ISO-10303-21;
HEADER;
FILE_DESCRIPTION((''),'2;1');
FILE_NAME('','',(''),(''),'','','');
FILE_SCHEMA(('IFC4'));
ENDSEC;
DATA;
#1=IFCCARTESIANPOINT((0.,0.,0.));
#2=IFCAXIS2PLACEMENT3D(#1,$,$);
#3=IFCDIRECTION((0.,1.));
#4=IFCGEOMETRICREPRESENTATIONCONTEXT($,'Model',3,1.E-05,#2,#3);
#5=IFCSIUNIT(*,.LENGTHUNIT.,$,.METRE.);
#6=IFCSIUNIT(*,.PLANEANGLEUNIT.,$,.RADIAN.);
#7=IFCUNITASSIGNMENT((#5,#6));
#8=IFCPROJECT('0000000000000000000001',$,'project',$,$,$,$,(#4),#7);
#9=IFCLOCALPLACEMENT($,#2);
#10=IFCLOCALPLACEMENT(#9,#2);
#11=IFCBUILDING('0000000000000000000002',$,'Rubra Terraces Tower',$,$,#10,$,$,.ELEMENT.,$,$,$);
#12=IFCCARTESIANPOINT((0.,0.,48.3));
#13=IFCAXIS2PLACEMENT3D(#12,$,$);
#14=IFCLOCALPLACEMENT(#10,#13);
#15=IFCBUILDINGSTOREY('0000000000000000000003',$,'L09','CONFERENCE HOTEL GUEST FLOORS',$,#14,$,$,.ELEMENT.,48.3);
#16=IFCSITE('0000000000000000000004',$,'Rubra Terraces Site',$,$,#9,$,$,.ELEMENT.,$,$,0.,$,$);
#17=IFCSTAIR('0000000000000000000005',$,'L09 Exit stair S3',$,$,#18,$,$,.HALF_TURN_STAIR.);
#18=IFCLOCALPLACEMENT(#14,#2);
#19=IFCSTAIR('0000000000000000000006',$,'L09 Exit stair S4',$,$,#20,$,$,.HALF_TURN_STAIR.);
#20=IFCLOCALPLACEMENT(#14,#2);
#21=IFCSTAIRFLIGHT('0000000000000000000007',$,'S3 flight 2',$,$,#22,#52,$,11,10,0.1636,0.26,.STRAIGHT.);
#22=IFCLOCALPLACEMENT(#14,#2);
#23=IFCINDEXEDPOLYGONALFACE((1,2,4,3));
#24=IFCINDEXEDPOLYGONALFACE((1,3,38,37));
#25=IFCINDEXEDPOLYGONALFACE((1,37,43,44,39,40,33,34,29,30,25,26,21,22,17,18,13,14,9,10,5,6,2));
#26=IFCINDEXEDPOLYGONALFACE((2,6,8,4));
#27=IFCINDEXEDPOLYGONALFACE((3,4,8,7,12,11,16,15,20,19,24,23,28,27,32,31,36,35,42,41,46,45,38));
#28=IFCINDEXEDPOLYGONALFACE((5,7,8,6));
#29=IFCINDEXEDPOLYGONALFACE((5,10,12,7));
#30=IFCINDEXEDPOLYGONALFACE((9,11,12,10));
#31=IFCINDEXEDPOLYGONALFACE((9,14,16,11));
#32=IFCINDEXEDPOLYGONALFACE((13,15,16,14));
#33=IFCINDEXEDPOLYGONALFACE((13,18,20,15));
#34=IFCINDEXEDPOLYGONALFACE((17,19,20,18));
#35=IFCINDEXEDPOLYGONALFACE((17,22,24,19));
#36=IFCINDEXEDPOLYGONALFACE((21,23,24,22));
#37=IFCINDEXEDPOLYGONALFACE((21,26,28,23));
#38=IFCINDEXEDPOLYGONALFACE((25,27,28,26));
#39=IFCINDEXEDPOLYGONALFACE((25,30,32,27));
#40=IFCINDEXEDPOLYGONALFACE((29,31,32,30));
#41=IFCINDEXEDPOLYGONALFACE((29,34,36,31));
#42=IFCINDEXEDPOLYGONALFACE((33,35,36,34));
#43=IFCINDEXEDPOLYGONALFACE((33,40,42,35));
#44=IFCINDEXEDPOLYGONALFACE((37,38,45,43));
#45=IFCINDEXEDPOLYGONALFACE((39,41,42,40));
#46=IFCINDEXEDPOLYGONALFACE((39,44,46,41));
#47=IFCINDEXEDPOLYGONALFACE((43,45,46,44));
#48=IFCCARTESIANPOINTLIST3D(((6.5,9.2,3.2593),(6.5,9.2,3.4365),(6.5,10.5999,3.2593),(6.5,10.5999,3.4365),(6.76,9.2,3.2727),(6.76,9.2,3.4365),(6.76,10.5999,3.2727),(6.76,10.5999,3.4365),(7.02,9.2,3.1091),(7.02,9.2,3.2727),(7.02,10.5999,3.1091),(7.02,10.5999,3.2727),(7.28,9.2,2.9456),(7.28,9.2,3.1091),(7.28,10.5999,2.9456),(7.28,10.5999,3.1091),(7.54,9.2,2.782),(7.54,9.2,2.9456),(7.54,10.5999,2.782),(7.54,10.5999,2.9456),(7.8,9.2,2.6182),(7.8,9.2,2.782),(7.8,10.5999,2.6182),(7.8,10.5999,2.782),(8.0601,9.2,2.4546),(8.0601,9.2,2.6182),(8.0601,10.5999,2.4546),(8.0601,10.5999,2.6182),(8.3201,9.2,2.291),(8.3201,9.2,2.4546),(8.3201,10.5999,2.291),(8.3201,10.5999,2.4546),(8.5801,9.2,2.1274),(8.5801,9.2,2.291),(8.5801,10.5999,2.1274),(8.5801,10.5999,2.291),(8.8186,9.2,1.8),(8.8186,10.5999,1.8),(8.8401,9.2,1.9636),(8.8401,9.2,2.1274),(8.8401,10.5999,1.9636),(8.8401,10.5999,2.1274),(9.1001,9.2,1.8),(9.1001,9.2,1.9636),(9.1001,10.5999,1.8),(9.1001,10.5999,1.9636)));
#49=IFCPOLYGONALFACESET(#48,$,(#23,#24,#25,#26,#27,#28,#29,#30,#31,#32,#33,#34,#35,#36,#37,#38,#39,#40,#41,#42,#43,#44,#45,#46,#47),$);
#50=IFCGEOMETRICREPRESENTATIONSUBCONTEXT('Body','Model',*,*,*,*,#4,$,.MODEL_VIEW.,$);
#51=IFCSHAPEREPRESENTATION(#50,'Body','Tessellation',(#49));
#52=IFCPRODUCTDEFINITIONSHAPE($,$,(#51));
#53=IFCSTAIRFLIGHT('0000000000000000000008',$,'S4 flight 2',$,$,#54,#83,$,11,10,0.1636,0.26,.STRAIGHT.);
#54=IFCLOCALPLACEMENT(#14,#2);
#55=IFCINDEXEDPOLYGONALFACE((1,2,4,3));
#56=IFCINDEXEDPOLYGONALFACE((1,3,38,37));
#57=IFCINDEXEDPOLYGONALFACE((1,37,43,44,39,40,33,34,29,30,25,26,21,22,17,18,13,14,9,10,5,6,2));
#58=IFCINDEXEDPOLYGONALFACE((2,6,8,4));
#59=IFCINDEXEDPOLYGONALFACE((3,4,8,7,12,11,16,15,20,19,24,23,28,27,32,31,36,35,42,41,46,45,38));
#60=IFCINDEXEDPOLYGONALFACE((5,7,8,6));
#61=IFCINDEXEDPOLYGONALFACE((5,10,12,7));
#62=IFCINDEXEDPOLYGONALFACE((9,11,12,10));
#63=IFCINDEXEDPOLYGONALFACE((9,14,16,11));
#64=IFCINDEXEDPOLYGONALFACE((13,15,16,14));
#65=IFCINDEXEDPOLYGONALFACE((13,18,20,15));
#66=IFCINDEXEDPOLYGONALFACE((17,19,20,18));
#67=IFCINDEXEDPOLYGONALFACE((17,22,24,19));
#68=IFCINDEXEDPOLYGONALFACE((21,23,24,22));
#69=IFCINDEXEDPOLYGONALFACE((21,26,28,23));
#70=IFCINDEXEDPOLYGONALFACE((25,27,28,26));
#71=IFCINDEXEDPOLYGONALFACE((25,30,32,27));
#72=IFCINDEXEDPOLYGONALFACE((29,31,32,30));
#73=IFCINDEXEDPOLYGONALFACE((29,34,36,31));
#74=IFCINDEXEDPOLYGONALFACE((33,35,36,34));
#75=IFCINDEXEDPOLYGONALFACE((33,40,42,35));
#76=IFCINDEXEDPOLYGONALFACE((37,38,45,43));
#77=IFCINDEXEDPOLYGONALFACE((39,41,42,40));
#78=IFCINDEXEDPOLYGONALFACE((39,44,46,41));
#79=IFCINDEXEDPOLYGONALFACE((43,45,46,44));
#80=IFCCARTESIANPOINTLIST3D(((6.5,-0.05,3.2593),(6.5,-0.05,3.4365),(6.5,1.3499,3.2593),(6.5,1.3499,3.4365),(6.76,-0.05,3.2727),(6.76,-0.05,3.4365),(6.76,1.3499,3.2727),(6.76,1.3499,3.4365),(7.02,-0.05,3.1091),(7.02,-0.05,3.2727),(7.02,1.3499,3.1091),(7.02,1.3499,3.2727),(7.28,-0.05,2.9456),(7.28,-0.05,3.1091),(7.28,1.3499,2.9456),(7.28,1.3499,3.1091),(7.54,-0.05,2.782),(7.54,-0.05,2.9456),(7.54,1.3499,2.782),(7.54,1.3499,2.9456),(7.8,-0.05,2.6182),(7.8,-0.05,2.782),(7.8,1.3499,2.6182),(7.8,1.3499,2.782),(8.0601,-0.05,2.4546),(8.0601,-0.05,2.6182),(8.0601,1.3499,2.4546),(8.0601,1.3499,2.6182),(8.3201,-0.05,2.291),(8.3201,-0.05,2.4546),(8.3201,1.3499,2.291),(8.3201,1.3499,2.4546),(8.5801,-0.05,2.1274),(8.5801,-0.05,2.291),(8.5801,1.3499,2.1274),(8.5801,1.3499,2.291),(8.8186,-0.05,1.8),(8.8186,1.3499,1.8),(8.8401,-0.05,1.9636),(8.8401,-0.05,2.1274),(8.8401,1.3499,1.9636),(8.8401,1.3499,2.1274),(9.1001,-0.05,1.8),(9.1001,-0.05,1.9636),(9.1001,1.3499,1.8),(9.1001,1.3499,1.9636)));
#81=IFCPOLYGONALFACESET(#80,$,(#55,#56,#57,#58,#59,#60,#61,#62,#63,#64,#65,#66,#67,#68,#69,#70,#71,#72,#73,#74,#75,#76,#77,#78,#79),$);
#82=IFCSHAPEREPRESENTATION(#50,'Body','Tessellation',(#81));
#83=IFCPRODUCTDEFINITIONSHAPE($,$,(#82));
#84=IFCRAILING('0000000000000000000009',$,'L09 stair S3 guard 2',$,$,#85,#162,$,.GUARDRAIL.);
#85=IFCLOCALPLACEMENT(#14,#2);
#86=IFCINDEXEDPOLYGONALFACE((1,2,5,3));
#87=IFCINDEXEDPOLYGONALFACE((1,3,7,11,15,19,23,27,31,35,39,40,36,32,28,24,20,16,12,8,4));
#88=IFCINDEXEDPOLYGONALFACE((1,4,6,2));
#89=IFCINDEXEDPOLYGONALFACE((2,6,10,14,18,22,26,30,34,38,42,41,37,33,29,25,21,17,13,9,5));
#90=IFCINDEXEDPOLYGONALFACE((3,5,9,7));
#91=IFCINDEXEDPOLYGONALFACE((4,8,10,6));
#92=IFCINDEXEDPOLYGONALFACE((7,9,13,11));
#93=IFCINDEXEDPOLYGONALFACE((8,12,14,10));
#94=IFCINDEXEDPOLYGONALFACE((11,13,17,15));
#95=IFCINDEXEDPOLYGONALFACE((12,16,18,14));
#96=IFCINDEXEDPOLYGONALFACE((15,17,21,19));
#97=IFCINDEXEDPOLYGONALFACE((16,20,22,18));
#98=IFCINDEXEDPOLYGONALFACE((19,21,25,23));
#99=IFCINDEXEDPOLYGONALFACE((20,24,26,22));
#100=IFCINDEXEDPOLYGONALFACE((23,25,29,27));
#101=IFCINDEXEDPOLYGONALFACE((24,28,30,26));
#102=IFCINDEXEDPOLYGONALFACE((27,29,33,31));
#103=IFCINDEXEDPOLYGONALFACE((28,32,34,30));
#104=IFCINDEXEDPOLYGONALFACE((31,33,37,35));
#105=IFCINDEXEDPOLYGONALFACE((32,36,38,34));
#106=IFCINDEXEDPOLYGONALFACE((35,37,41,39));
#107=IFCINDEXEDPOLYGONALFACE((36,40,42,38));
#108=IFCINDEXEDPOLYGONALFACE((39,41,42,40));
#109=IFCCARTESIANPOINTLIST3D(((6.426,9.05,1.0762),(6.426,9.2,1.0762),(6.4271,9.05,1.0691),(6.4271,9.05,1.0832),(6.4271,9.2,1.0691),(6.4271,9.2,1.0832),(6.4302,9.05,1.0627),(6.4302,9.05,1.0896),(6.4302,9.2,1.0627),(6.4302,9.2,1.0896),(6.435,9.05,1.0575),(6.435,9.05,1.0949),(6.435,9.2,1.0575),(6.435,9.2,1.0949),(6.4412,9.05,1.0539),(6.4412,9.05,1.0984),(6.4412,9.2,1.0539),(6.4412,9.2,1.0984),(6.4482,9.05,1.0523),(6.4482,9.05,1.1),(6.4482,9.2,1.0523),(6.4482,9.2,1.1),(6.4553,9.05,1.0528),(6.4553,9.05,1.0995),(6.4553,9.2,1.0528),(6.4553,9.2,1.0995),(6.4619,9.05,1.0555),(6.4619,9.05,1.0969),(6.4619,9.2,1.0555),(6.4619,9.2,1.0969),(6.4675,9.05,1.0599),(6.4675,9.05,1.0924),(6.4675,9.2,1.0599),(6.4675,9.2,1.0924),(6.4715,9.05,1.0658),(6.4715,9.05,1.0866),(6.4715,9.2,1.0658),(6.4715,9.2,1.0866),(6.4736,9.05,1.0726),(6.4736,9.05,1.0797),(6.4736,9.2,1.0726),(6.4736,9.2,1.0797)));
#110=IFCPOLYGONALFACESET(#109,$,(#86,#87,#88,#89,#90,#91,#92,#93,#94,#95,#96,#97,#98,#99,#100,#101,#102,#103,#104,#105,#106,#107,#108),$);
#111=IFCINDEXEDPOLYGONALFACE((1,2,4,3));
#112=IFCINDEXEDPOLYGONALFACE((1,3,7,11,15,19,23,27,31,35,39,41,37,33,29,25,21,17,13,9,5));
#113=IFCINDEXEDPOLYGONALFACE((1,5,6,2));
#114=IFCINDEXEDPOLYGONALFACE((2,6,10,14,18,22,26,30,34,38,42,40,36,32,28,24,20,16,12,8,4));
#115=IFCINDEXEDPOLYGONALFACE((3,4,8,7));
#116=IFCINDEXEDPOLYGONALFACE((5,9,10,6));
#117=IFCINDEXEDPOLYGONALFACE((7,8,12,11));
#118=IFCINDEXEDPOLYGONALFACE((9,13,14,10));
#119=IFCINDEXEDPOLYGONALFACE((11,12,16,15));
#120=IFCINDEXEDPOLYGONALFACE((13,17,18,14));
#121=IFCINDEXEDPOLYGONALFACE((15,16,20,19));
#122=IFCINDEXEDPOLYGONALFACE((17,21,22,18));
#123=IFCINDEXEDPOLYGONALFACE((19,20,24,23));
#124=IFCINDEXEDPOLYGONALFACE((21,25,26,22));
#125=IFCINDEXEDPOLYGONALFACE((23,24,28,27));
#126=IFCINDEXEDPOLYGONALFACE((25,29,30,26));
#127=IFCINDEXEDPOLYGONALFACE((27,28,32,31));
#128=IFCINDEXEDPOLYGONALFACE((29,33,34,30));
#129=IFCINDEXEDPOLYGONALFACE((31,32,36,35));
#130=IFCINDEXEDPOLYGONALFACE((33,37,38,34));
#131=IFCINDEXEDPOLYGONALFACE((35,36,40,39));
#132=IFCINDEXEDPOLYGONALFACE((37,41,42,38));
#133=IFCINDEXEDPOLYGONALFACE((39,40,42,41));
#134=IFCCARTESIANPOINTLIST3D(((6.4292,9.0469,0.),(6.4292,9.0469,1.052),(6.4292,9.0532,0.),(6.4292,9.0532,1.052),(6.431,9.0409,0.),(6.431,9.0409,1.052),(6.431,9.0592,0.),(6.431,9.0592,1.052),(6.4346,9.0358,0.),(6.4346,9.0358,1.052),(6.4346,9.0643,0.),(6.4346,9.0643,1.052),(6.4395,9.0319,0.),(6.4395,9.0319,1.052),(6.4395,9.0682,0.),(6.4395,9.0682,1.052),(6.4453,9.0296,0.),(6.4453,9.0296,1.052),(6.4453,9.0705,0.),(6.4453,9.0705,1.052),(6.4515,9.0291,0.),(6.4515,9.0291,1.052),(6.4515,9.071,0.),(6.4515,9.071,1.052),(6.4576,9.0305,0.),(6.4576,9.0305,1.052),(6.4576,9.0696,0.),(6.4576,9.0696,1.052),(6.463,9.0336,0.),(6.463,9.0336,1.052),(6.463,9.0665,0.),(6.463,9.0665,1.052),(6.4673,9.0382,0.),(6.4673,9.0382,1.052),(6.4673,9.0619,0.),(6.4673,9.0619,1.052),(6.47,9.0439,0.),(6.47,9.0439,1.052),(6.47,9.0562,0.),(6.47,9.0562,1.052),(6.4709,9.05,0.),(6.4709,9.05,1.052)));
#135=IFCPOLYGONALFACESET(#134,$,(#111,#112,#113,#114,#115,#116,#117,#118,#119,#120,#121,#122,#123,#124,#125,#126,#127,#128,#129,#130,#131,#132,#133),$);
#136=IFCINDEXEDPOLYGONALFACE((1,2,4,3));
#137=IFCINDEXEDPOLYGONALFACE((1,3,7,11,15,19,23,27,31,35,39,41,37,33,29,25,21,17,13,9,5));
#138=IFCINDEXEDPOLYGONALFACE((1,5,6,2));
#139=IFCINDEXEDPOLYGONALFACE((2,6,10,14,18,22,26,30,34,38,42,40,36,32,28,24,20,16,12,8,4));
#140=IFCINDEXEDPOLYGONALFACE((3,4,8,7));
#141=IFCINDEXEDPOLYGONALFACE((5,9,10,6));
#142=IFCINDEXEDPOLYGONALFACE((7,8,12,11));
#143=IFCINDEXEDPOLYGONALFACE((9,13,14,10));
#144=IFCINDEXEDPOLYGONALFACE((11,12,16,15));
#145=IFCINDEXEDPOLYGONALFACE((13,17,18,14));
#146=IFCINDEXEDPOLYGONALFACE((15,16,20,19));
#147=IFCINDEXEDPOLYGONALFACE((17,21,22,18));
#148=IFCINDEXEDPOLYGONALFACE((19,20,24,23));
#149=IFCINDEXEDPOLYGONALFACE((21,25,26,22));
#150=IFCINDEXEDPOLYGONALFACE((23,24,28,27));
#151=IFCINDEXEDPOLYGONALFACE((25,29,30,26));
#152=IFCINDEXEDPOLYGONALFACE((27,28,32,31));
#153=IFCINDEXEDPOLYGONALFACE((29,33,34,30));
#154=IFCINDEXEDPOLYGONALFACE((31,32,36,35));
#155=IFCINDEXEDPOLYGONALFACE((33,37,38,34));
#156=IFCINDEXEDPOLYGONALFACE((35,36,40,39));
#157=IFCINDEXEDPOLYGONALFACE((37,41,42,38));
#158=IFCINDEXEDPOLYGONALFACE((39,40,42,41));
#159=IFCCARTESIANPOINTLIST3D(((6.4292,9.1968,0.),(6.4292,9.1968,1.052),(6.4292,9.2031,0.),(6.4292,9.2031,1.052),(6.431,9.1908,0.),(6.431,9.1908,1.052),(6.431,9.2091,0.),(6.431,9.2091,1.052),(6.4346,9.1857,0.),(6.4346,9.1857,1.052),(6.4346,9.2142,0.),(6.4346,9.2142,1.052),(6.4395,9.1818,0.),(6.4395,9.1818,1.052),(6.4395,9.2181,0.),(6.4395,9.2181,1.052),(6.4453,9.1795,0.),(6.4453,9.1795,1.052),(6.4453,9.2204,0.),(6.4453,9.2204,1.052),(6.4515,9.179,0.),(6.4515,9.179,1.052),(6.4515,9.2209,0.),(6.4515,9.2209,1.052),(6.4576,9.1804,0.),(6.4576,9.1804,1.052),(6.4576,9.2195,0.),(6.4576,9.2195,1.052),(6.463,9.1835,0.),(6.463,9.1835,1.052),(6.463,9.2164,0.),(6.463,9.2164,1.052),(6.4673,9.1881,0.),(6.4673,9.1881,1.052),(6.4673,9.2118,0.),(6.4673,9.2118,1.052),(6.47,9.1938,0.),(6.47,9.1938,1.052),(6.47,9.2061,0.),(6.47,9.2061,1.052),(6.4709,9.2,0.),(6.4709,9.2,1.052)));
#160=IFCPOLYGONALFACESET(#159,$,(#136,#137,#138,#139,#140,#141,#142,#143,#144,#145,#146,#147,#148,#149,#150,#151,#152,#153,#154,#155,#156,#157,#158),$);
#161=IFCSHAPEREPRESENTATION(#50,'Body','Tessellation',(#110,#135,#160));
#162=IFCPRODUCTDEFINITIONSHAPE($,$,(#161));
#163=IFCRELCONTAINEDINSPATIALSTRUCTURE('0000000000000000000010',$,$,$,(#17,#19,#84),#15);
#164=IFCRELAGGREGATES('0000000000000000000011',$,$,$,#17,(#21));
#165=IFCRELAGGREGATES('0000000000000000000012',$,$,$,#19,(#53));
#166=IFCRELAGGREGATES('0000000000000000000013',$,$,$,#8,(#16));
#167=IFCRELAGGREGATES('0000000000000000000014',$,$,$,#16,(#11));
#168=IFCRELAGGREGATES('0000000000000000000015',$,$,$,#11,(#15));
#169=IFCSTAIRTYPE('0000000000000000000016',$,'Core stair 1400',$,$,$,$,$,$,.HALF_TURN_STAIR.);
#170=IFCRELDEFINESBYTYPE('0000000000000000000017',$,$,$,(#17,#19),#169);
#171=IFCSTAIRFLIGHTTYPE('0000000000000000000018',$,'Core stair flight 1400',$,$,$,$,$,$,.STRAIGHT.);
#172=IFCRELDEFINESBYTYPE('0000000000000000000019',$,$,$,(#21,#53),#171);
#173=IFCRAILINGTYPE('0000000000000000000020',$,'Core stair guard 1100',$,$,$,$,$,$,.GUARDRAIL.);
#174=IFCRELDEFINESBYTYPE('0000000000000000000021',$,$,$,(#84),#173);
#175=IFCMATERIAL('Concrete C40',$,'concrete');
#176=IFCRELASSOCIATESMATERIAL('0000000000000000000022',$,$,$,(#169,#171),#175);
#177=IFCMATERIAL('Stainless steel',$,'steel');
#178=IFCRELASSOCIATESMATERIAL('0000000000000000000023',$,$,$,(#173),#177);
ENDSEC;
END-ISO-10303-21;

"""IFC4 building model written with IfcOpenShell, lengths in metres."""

from ifc_helpers import new_model, si_unit, direction, frame, origin, origin_2d, place, context, subcontext, project, spatial, polyline, circle, outline, extrude, material, type_object, element, aggregate, save


model = new_model("IFC4")

# Units and contexts
model_context = context("Model", 3, precision=1e-05, world=origin(), true_north=direction((0.0, 1.0)))
body_context = subcontext(model_context, "Body", "Model", "MODEL_VIEW")
ifc_project = project(units=[si_unit("LENGTHUNIT", "METRE"), si_unit("PLANEANGLEUNIT", "RADIAN")], contexts=[model_context])

# Site, building, storey
site_placement = place(None, origin())
site = spatial("IfcSite", under=ifc_project, at=site_placement, Name="Rubra Terraces Site", CompositionType="ELEMENT", RefElevation=0.0)
building_placement = place(site_placement, origin())
building = spatial("IfcBuilding", under=site, at=building_placement, Name="Rubra Terraces Tower", CompositionType="ELEMENT")
storey_placement = place(building_placement, frame((0.0, 0.0, 48.3)))
storey = spatial("IfcBuildingStorey", under=building, at=storey_placement, Name="L09", Description="CONFERENCE HOTEL GUEST FLOORS", CompositionType="ELEMENT", Elevation=48.3)

# Stairs
ifc_material_1 = material(Name="Concrete C40", Category="concrete")
stair_type = type_object("IfcStairType", Name="Core stair 1400", PredefinedType="HALF_TURN_STAIR", material=ifc_material_1)
stair_1_placement = place(storey_placement, origin())
stair_1 = element("IfcStair", 1, at=stair_1_placement, inside=storey, type_object=stair_type, Name="L09 Exit stair S3", PredefinedType="HALF_TURN_STAIR")
stair_2_placement = place(storey_placement, origin())
stair_2 = element("IfcStair", 2, at=stair_2_placement, inside=storey, type_object=stair_type, Name="L09 Exit stair S4", PredefinedType="HALF_TURN_STAIR")

# Shared definitions
ifc_material_2 = material(Name="Stainless steel", Category="steel")

# Stair flights
stair_flight_type = type_object("IfcStairFlightType", Name="Core stair flight 1400", PredefinedType="STRAIGHT", material=ifc_material_1)
stair_flight_1_placement = place(storey_placement, frame((9.1001, 9.8999, 1.8), z_axis=(0.0, 0.0, 1.0), x_axis=(-1.0, 0.0, 0.0)))
stair_flight_1 = element("IfcStairFlight", 3, at=stair_flight_1_placement, type_object=stair_flight_type, Name="S3 flight 2", NumberOfRisers=11, NumberOfTreads=10, PredefinedType="STRAIGHT", RiserHeight=0.1636, TreadLength=0.26, context=body_context, shape_type="SweptSolid", body=[
    extrude(outline(polyline([(0.0, 0.0), (0.0, 0.1636), (0.26, 0.1636), (0.26, 0.3274), (0.52, 0.3274), (0.52, 0.491), (0.78, 0.491), (0.78, 0.6545), (1.04, 0.6545), (1.04, 0.8181), (1.3, 0.8181), (1.3, 0.9819), (1.5601, 0.9819), (1.5601, 1.1455), (1.8201, 1.1455), (1.8201, 1.3091), (2.0801, 1.3091), (2.0801, 1.4727), (2.3401, 1.4727), (2.3401, 1.6365), (2.6001, 1.6365), (2.6001, 1.8), (2.6001, 1.4592), (0.2815, 0.0), (0.0, 0.0)])), frame((0.0, 0.7, 0.0), z_axis=(0.0, -1.0, 0.0), x_axis=(1.0, 0.0, 0.0)), (0.0, 0.0, 1.0), 1.3999),
])
aggregate(stair_1, [stair_flight_1])
stair_flight_2_placement = place(storey_placement, frame((9.1001, 0.6499, 1.8), z_axis=(0.0, 0.0, 1.0), x_axis=(-1.0, 0.0, 0.0)))
stair_flight_2 = element("IfcStairFlight", 4, at=stair_flight_2_placement, type_object=stair_flight_type, Name="S4 flight 2", NumberOfRisers=11, NumberOfTreads=10, PredefinedType="STRAIGHT", RiserHeight=0.1636, TreadLength=0.26, context=body_context, shape_type="SweptSolid", body=[
    extrude(outline(polyline([(0.0, 0.0), (0.0, 0.1636), (0.26, 0.1636), (0.26, 0.3274), (0.52, 0.3274), (0.52, 0.491), (0.78, 0.491), (0.78, 0.6545), (1.04, 0.6545), (1.04, 0.8181), (1.3, 0.8181), (1.3, 0.9819), (1.5601, 0.9819), (1.5601, 1.1455), (1.8201, 1.1455), (1.8201, 1.3091), (2.0801, 1.3091), (2.0801, 1.4727), (2.3401, 1.4727), (2.3401, 1.6365), (2.6001, 1.6365), (2.6001, 1.8), (2.6001, 1.4592), (0.2815, 0.0), (0.0, 0.0)])), frame((0.0, 0.7, 0.0), z_axis=(0.0, -1.0, 0.0), x_axis=(1.0, 0.0, 0.0)), (0.0, 0.0, 1.0), 1.3999),
])
aggregate(stair_2, [stair_flight_2])

# Railing
railing_type_1 = type_object("IfcRailingType", Name="Core stair guard 1100", PredefinedType="GUARDRAIL", material=ifc_material_2)
railing_1_placement = place(storey_placement, frame((6.45, 9.05, 0.0)))
element("IfcRailing", 5, at=railing_1_placement, inside=storey, type_object=railing_type_1, Name="L09 stair S3 guard 2", PredefinedType="GUARDRAIL", context=body_context, shape_type="SweptSolid", body=[
    extrude(circle(Radius=0.0239, at=origin_2d()), frame((0.0, 0.0, 1.0762), z_axis=(0.0, 1.0, 0.0), x_axis=(-1.0, 0.0, 0.0)), (0.0, 0.0, 1.0), 0.1499),
    extrude(circle(Radius=0.021, at=origin_2d()), origin(), (0.0, 0.0, 1.0), 1.052),
    extrude(circle(Radius=0.021, at=origin_2d()), frame((0.0, 0.1499, 0.0)), (0.0, 0.0, 1.0), 1.052),
])

save(model, "model.ifc")
